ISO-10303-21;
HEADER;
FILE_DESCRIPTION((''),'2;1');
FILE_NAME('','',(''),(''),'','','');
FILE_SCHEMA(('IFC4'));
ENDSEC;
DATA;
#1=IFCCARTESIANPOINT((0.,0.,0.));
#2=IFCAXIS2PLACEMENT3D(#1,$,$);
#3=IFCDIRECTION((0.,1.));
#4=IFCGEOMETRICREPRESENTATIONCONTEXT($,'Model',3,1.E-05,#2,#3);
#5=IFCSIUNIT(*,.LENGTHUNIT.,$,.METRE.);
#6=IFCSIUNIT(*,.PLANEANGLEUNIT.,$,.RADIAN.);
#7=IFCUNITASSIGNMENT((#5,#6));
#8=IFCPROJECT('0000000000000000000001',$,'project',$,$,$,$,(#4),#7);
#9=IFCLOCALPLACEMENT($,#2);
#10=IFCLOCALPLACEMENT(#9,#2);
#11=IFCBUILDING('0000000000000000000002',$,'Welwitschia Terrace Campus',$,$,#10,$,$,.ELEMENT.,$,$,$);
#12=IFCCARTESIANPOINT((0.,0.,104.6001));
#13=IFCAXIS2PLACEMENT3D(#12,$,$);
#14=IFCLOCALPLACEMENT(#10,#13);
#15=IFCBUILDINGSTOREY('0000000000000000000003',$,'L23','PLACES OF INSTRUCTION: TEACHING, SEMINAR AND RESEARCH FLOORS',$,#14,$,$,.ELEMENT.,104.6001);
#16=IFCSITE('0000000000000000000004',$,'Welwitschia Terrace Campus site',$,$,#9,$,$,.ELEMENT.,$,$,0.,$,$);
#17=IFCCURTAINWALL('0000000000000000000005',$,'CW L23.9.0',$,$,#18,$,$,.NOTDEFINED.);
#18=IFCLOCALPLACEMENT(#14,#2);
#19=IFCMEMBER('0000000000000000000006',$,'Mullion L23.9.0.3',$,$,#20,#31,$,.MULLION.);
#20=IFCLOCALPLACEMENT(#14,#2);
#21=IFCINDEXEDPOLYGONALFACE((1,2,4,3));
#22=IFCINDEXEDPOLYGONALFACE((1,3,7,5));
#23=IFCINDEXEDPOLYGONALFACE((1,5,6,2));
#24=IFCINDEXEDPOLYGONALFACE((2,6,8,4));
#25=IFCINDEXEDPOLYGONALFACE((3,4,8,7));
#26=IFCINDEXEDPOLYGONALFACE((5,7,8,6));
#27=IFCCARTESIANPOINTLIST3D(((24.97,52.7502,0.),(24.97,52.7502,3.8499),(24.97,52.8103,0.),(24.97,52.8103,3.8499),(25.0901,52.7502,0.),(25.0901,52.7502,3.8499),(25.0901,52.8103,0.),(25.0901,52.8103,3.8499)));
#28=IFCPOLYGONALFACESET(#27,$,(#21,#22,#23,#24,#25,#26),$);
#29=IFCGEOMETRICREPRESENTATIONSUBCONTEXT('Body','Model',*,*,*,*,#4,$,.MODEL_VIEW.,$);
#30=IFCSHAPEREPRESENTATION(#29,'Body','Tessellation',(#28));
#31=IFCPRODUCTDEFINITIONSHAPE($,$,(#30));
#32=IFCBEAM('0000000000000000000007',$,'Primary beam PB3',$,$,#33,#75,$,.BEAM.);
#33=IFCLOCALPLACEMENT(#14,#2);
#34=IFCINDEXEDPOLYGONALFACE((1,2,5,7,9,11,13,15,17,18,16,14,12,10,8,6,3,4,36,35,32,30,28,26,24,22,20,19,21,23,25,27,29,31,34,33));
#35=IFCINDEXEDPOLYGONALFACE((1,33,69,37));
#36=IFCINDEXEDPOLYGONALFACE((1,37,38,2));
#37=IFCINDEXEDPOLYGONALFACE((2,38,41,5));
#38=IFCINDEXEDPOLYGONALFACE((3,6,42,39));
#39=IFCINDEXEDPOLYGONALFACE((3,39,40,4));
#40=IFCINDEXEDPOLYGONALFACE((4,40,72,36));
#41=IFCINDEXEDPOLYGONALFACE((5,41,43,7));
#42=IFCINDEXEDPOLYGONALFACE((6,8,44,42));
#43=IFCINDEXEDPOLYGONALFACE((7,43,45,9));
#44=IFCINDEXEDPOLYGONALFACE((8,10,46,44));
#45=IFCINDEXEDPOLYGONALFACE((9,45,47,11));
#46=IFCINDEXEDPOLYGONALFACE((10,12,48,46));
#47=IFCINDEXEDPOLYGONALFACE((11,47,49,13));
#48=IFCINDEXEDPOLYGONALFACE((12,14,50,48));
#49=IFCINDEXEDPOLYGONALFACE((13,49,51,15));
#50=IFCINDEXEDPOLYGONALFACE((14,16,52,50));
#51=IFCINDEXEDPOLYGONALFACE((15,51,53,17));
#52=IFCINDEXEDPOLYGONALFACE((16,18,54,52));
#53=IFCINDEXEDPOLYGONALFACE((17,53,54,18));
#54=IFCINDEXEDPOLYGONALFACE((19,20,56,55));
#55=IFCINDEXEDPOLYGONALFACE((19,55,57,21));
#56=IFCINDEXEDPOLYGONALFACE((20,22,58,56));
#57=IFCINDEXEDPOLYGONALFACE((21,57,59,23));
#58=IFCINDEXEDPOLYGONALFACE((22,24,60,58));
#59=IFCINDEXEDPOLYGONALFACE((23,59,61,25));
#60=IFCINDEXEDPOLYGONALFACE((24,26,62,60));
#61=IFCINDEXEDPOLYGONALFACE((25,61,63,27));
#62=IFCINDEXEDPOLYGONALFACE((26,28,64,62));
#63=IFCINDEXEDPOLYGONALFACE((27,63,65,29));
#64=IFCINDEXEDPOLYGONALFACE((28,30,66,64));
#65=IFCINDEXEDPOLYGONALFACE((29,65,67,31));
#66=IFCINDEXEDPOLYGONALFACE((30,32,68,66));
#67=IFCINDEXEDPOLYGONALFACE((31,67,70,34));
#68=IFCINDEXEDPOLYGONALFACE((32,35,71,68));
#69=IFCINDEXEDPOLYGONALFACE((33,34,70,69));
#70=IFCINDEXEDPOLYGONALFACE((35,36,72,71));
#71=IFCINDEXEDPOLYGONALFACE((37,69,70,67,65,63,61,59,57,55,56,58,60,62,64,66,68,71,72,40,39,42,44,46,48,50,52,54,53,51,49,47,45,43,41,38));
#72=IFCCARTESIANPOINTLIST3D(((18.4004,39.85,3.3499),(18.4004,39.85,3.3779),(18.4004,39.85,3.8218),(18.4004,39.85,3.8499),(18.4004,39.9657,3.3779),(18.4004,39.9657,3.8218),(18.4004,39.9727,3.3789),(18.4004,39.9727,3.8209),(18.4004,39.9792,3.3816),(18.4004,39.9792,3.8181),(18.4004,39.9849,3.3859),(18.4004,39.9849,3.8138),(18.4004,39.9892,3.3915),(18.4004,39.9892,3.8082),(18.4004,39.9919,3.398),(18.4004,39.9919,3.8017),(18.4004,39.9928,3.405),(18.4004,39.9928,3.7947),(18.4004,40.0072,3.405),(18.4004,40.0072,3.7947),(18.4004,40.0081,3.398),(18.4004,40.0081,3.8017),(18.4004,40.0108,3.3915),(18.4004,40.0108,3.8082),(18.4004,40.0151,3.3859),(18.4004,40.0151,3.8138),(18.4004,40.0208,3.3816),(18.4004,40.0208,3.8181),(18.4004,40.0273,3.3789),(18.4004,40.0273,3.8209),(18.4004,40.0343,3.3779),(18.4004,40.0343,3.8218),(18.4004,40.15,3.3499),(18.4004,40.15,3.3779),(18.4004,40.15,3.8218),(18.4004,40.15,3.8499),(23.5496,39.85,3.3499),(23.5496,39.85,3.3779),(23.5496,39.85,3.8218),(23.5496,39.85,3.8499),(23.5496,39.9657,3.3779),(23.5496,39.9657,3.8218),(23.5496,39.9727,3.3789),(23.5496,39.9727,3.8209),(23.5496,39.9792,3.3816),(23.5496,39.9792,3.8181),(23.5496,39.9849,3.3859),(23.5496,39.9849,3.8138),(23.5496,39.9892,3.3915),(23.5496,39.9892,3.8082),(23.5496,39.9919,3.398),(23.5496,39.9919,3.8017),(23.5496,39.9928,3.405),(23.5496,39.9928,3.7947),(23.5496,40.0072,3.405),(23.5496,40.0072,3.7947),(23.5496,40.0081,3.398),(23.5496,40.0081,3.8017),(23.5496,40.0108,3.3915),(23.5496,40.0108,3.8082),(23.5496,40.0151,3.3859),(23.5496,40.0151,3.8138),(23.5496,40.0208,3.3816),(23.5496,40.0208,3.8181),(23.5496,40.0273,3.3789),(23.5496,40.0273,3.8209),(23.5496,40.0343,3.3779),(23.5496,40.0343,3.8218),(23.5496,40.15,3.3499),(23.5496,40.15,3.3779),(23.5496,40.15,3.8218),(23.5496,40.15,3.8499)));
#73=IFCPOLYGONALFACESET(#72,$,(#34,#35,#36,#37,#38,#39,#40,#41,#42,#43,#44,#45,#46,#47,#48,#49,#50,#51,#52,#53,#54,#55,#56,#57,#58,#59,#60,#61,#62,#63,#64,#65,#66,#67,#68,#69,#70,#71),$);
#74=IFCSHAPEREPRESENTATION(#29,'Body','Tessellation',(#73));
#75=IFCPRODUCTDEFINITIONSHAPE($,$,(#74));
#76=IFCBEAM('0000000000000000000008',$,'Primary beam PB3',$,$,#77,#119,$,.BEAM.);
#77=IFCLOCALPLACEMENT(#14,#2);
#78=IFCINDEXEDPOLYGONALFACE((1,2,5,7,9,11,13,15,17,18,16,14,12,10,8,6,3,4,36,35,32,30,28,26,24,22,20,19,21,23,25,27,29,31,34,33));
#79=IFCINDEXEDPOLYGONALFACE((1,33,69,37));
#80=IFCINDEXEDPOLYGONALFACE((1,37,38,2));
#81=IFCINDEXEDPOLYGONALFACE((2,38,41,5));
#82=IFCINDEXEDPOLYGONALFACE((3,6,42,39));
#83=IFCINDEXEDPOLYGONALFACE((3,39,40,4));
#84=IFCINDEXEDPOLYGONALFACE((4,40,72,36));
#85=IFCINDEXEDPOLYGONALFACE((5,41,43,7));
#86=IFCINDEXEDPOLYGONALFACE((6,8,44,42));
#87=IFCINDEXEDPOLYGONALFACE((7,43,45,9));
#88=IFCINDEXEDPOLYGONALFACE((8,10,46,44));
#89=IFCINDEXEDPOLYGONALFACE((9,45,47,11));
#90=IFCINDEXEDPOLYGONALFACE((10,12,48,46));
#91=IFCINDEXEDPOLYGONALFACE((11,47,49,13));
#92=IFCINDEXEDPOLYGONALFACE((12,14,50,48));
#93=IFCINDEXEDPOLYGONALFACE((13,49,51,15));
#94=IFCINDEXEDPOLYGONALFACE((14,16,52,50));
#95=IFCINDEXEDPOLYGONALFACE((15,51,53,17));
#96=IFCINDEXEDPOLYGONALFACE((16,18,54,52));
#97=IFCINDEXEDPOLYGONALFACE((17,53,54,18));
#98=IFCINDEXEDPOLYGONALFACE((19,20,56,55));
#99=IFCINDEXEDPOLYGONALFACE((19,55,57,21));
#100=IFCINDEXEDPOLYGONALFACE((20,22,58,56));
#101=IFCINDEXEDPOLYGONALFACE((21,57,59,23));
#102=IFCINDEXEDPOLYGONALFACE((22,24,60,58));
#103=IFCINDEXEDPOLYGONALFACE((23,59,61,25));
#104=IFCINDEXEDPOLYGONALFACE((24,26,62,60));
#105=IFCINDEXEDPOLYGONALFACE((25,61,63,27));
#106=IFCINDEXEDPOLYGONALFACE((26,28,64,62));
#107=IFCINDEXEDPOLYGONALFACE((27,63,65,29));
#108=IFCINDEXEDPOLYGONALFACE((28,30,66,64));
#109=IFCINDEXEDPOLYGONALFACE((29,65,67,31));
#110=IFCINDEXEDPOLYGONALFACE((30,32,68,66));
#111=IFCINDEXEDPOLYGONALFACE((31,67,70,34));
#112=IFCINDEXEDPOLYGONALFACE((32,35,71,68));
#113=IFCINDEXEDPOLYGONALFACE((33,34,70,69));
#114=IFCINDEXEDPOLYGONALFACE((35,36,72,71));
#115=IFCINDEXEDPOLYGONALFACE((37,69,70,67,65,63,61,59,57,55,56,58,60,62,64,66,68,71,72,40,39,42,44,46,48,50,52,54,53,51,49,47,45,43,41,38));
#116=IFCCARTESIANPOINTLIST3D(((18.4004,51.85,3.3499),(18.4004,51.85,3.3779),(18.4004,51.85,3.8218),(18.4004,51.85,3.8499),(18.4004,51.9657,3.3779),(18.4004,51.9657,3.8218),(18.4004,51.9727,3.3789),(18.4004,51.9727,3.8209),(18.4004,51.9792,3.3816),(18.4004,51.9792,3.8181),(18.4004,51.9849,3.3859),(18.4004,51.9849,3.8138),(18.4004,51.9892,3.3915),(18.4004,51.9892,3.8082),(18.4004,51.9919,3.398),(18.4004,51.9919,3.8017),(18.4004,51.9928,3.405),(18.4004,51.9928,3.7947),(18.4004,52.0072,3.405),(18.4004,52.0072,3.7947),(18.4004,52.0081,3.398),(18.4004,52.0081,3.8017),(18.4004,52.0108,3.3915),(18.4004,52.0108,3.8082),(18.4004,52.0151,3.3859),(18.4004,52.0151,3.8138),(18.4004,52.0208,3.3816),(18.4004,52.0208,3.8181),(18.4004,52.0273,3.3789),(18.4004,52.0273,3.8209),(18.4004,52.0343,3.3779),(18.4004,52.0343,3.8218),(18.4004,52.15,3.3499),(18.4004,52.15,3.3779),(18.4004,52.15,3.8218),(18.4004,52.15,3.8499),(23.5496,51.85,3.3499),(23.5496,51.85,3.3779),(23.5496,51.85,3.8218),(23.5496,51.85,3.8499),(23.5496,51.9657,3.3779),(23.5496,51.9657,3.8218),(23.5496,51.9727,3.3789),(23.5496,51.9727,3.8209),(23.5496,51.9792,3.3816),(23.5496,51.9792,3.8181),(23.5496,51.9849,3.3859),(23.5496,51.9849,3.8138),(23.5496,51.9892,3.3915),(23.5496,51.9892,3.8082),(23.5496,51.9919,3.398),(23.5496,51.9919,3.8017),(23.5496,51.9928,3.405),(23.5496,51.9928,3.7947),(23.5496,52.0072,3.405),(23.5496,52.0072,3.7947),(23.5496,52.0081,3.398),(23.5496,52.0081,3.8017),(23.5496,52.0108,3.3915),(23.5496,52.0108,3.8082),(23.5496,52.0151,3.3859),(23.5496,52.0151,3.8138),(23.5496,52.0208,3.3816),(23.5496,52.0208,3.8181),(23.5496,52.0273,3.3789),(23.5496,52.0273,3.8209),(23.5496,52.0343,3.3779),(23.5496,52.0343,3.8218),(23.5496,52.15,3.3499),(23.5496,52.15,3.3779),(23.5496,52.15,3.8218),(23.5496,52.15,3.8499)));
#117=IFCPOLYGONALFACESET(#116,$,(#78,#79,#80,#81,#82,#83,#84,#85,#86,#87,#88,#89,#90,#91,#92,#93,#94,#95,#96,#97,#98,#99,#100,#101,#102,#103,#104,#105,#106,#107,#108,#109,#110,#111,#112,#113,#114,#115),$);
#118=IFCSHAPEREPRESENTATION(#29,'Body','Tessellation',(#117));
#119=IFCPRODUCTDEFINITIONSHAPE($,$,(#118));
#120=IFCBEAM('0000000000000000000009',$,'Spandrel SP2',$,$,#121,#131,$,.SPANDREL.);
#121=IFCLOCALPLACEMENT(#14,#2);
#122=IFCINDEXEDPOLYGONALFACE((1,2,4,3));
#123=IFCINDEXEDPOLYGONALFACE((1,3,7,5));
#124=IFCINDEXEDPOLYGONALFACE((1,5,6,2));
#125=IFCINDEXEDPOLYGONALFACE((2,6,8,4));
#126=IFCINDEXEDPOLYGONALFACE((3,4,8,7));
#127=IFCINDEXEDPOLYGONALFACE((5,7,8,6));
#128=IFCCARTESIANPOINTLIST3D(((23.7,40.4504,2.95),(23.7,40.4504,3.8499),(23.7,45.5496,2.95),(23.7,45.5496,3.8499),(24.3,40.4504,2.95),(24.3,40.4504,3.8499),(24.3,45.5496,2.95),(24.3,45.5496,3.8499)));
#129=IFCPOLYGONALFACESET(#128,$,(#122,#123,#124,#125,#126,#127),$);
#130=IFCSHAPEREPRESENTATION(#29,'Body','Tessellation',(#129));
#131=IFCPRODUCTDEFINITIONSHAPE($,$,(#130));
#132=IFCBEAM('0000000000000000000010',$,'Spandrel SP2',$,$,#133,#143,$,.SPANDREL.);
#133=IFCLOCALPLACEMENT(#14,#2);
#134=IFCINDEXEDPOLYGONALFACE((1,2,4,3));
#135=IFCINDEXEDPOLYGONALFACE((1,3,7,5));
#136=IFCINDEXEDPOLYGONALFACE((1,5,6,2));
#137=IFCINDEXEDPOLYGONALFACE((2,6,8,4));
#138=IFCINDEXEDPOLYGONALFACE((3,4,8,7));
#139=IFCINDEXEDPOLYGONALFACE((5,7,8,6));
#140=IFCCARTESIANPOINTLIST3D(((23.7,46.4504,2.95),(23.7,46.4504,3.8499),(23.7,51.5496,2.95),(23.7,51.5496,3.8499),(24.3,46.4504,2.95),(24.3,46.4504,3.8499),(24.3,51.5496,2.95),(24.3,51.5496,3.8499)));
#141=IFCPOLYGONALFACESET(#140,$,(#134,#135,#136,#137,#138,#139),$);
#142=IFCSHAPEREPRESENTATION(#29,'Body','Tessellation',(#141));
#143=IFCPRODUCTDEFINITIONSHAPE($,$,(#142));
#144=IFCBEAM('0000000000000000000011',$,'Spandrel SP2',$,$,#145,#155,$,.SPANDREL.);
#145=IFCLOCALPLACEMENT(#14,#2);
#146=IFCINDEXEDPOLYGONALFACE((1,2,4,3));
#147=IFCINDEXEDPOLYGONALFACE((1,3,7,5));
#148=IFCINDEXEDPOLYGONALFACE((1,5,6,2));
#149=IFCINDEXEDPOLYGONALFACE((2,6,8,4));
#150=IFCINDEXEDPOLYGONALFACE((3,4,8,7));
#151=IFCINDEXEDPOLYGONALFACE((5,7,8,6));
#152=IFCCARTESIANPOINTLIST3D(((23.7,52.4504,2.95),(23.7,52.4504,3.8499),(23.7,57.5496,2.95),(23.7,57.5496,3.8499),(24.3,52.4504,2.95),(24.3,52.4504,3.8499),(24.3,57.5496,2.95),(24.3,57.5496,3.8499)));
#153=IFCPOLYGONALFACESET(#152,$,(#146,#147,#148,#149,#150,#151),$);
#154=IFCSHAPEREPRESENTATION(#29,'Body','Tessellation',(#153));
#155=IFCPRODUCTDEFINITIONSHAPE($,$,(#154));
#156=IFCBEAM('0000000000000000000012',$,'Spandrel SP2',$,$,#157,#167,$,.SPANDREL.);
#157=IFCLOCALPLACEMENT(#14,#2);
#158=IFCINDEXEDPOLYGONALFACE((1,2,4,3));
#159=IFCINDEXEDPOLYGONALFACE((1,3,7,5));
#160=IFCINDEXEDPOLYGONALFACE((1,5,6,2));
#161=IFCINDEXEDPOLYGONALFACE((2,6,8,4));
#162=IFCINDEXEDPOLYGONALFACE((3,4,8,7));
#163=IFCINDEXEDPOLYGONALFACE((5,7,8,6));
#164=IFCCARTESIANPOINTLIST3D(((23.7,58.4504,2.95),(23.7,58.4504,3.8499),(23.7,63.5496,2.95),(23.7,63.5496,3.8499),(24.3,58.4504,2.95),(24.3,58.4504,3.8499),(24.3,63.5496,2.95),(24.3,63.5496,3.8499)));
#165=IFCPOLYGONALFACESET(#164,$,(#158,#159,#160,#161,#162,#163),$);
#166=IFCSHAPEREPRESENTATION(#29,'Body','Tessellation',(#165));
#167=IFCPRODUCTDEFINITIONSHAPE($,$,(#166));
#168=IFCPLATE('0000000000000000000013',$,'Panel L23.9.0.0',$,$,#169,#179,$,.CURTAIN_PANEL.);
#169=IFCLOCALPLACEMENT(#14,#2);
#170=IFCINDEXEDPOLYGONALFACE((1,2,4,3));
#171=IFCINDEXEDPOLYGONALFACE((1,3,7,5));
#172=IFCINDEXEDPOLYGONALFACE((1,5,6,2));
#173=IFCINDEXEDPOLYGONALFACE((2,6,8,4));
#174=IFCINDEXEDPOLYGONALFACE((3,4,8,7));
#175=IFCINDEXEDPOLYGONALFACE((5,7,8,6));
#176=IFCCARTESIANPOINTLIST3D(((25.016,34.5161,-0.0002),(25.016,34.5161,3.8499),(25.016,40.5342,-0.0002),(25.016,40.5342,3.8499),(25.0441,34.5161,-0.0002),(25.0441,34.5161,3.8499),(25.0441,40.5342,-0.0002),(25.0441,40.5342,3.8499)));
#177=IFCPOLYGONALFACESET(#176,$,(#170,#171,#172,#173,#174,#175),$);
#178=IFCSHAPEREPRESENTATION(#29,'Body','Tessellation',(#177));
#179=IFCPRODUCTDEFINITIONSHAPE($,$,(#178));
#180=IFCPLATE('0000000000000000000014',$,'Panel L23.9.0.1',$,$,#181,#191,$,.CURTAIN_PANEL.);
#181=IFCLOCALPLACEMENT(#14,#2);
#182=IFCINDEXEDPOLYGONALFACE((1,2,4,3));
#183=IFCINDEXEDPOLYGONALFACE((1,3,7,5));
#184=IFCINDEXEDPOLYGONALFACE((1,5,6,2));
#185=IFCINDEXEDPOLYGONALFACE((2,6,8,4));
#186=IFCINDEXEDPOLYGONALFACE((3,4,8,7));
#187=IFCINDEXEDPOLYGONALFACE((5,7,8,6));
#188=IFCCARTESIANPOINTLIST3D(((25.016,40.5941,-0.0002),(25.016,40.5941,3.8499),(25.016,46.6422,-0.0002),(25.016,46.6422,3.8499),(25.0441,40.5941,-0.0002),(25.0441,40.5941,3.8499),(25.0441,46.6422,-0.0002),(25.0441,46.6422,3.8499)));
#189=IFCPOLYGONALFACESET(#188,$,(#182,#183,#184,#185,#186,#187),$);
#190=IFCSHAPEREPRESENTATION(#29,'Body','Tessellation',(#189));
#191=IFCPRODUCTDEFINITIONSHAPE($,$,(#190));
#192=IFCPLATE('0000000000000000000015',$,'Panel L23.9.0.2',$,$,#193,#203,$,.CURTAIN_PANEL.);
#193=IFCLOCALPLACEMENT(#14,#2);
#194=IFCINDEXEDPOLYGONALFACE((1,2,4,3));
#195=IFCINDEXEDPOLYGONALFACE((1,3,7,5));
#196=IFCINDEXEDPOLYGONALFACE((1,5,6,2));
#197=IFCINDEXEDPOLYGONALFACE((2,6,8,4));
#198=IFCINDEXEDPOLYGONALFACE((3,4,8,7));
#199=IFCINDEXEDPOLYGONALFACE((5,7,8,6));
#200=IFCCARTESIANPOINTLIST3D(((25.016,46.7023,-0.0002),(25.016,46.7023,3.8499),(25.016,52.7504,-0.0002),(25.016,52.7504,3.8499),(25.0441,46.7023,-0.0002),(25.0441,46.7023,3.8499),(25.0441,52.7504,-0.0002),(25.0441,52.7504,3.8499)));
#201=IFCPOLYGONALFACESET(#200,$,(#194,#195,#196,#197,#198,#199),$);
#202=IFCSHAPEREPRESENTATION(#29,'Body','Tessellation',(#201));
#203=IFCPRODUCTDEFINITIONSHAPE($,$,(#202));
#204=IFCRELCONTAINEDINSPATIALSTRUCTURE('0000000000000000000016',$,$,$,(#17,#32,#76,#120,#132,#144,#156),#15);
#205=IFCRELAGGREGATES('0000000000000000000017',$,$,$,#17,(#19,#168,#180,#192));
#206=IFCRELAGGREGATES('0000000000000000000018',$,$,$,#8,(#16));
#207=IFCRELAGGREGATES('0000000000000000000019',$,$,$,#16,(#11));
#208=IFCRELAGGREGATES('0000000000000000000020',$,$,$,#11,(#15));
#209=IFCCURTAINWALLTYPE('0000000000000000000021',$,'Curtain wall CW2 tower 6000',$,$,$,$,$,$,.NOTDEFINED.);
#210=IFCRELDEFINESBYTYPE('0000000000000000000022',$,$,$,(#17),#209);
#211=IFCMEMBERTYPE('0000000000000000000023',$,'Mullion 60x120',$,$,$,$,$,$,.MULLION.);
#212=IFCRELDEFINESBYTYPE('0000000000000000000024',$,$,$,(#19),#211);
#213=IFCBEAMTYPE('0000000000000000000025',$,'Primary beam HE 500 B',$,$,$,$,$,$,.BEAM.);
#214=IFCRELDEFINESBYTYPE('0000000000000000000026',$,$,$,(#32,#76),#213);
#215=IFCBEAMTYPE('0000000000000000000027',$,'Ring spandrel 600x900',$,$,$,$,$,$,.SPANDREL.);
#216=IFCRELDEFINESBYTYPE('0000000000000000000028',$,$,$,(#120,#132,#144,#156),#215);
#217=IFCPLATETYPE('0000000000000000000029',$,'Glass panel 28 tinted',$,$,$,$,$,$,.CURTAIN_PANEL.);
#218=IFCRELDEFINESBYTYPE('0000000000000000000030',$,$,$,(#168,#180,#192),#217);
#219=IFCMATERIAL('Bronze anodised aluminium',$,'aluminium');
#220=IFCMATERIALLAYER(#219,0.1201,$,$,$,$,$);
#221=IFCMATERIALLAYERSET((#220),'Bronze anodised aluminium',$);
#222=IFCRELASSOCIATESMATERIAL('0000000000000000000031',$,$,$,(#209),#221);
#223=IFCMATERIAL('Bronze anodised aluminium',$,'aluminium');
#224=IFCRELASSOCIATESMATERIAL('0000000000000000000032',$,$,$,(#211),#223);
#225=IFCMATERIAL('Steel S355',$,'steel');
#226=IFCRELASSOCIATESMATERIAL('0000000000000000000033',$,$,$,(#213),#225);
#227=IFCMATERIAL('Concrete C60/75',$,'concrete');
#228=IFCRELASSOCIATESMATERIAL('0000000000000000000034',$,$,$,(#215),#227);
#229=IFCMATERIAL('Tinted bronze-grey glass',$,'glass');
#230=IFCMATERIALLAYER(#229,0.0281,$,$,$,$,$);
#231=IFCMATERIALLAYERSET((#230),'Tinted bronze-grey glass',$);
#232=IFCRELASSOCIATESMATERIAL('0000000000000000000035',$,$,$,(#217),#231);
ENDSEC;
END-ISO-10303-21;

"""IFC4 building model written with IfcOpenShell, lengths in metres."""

from ifc_helpers import new_model, si_unit, direction, frame, origin, origin_2d, place, context, subcontext, project, spatial, rectangle, i_section, extrude, material, layer, layer_set, material_profile, profile_set, type_object, element, aggregate, save


model = new_model("IFC4")

# Units and contexts
model_context = context("Model", 3, precision=1e-05, world=origin(), true_north=direction((0.0, 1.0)))
body_context = subcontext(model_context, "Body", "Model", "MODEL_VIEW")
ifc_project = project(units=[si_unit("LENGTHUNIT", "METRE"), si_unit("PLANEANGLEUNIT", "RADIAN")], contexts=[model_context])

# Site, building, storey
site_placement = place(None, origin())
site = spatial("IfcSite", under=ifc_project, at=site_placement, Name="Welwitschia Terrace Campus site", CompositionType="ELEMENT", RefElevation=0.0)
building_placement = place(site_placement, origin())
building = spatial("IfcBuilding", under=site, at=building_placement, Name="Welwitschia Terrace Campus", CompositionType="ELEMENT")
storey_placement = place(building_placement, frame((0.0, 0.0, 104.6001)))
storey = spatial("IfcBuildingStorey", under=building, at=storey_placement, Name="L23", Description="PLACES OF INSTRUCTION: TEACHING, SEMINAR AND RESEARCH FLOORS", CompositionType="ELEMENT", Elevation=104.6001)

# Curtain wall, member
ifc_material_1 = material(Name="Bronze anodised aluminium", Category="aluminium")
ifc_layer_1 = layer(ifc_material_1, 0.1201)
ifc_layer_set_1 = layer_set([ifc_layer_1], Name="Bronze anodised aluminium")
curtain_wall_type = type_object("IfcCurtainWallType", Name="Curtain wall CW2 tower 6000", PredefinedType="NOTDEFINED", material=ifc_layer_set_1)
curtain_wall_placement = place(storey_placement, origin())
curtain_wall = element("IfcCurtainWall", 1, at=curtain_wall_placement, inside=storey, type_object=curtain_wall_type, Name="CW L23.9.0", PredefinedType="NOTDEFINED")
ifc_material_2 = material(Name="Bronze anodised aluminium", Category="aluminium")
ifc_material_profile_1 = material_profile(ifc_material_2, rectangle(XDim=0.1201, YDim=0.0601, at=origin_2d()))
ifc_profile_set_1 = profile_set([ifc_material_profile_1], Name="Bronze anodised aluminium")
member_type = type_object("IfcMemberType", Name="Mullion 60x120", PredefinedType="MULLION", material=ifc_profile_set_1)
member_1_placement = place(storey_placement, frame((25.03, 52.7803, 0.0), z_axis=(0.0, 0.0, 1.0), x_axis=(-1.0, 0.0, 0.0)))
member_1 = element("IfcMember", 2, at=member_1_placement, type_object=member_type, Name="Mullion L23.9.0.3", PredefinedType="MULLION", context=body_context, shape_type="SweptSolid", body=[
    extrude(rectangle(XDim=0.1201, YDim=0.0601, at=origin_2d()), origin(), (0.0, 0.0, 1.0), 3.8499),
])

# Beams
ifc_material_3 = material(Name="Steel S355", Category="steel")
ifc_material_profile_2 = material_profile(ifc_material_3, i_section(OverallWidth=0.3, OverallDepth=0.5, WebThickness=0.0144, FlangeThickness=0.0281, FilletRadius=0.0271, at=origin_2d()))
ifc_profile_set_2 = profile_set([ifc_material_profile_2], Name="Steel S355")
beam_type_1 = type_object("IfcBeamType", Name="Primary beam HE 500 B", PredefinedType="BEAM", material=ifc_profile_set_2)
for number, where, z_axis, x_axis, name in (
    (3, (23.5496, 40.0, 3.5999), (-1.0, 0.0, 0.0), (0.0, -1.0, 0.0), "Primary beam PB3"),
    (4, (23.5496, 52.0, 3.5999), (-1.0, 0.0, 0.0), (0.0, -1.0, 0.0), "Primary beam PB3"),
):
    element("IfcBeam", number, at=place(storey_placement, frame(where, z_axis=z_axis, x_axis=x_axis)), inside=storey, type_object=beam_type_1, Name=name, PredefinedType="BEAM", context=body_context, shape_type="SweptSolid", body=[
        extrude(i_section(OverallWidth=0.3, OverallDepth=0.5, WebThickness=0.0144, FlangeThickness=0.0281, FilletRadius=0.0271, at=origin_2d()), origin(), (0.0, 0.0, 1.0), 5.1492),
    ])
ifc_material_4 = material(Name="Concrete C60/75", Category="concrete")
ifc_material_profile_3 = material_profile(ifc_material_4, rectangle(XDim=0.6001, YDim=0.8999, at=origin_2d()))
ifc_profile_set_3 = profile_set([ifc_material_profile_3], Name="Concrete C60/75")
beam_type_2 = type_object("IfcBeamType", Name="Ring spandrel 600x900", PredefinedType="SPANDREL", material=ifc_profile_set_3)
for number, where, z_axis, x_axis, name in (
    (5, (24.0, 40.4504, 3.3999), (0.0, 1.0, 0.0), (-1.0, 0.0, 0.0), "Spandrel SP2"),
    (6, (24.0, 46.4504, 3.3999), (0.0, 1.0, 0.0), (-1.0, 0.0, 0.0), "Spandrel SP2"),
    (7, (24.0, 52.4504, 3.3999), (0.0, 1.0, 0.0), (-1.0, 0.0, 0.0), "Spandrel SP2"),
    (8, (24.0, 58.4504, 3.3999), (0.0, 1.0, 0.0), (-1.0, 0.0, 0.0), "Spandrel SP2"),
):
    element("IfcBeam", number, at=place(storey_placement, frame(where, z_axis=z_axis, x_axis=x_axis)), inside=storey, type_object=beam_type_2, Name=name, PredefinedType="SPANDREL", context=body_context, shape_type="SweptSolid", body=[
        extrude(rectangle(XDim=0.6001, YDim=0.8999, at=origin_2d()), origin(), (0.0, 0.0, 1.0), 5.0991),
    ])

# Plates
ifc_material_5 = material(Name="Tinted bronze-grey glass", Category="glass")
ifc_layer_2 = layer(ifc_material_5, 0.0281)
ifc_layer_set_2 = layer_set([ifc_layer_2], Name="Tinted bronze-grey glass")
plate_type = type_object("IfcPlateType", Name="Glass panel 28 tinted", PredefinedType="CURTAIN_PANEL", material=ifc_layer_set_2)
plate_1_placement = place(storey_placement, frame((25.03, 37.5251, -0.0002), z_axis=(0.0, 0.0, 1.0), x_axis=(0.0, 1.0, 0.0)))
plate_1 = element("IfcPlate", 9, at=plate_1_placement, type_object=plate_type, Name="Panel L23.9.0.0", PredefinedType="CURTAIN_PANEL", context=body_context, shape_type="SweptSolid", body=[
    extrude(rectangle(XDim=6.0181, YDim=0.0281, at=origin_2d()), origin(), (0.0, 0.0, 1.0), 3.8501),
])
plate_2_placement = place(storey_placement, frame((25.03, 43.6182, -0.0002), z_axis=(0.0, 0.0, 1.0), x_axis=(0.0, 1.0, 0.0)))
plate_2 = element("IfcPlate", 10, at=plate_2_placement, type_object=plate_type, Name="Panel L23.9.0.1", PredefinedType="CURTAIN_PANEL", context=body_context, shape_type="SweptSolid", body=[
    extrude(rectangle(XDim=6.0481, YDim=0.0281, at=origin_2d()), origin(), (0.0, 0.0, 1.0), 3.8501),
])
plate_3_placement = place(storey_placement, frame((25.03, 49.7263, -0.0002), z_axis=(0.0, 0.0, 1.0), x_axis=(0.0, 1.0, 0.0)))
plate_3 = element("IfcPlate", 11, at=plate_3_placement, type_object=plate_type, Name="Panel L23.9.0.2", PredefinedType="CURTAIN_PANEL", context=body_context, shape_type="SweptSolid", body=[
    extrude(rectangle(XDim=6.0481, YDim=0.0281, at=origin_2d()), origin(), (0.0, 0.0, 1.0), 3.8501),
])
aggregate(curtain_wall, [member_1, plate_1, plate_2, plate_3])

save(model, "model.ifc")
